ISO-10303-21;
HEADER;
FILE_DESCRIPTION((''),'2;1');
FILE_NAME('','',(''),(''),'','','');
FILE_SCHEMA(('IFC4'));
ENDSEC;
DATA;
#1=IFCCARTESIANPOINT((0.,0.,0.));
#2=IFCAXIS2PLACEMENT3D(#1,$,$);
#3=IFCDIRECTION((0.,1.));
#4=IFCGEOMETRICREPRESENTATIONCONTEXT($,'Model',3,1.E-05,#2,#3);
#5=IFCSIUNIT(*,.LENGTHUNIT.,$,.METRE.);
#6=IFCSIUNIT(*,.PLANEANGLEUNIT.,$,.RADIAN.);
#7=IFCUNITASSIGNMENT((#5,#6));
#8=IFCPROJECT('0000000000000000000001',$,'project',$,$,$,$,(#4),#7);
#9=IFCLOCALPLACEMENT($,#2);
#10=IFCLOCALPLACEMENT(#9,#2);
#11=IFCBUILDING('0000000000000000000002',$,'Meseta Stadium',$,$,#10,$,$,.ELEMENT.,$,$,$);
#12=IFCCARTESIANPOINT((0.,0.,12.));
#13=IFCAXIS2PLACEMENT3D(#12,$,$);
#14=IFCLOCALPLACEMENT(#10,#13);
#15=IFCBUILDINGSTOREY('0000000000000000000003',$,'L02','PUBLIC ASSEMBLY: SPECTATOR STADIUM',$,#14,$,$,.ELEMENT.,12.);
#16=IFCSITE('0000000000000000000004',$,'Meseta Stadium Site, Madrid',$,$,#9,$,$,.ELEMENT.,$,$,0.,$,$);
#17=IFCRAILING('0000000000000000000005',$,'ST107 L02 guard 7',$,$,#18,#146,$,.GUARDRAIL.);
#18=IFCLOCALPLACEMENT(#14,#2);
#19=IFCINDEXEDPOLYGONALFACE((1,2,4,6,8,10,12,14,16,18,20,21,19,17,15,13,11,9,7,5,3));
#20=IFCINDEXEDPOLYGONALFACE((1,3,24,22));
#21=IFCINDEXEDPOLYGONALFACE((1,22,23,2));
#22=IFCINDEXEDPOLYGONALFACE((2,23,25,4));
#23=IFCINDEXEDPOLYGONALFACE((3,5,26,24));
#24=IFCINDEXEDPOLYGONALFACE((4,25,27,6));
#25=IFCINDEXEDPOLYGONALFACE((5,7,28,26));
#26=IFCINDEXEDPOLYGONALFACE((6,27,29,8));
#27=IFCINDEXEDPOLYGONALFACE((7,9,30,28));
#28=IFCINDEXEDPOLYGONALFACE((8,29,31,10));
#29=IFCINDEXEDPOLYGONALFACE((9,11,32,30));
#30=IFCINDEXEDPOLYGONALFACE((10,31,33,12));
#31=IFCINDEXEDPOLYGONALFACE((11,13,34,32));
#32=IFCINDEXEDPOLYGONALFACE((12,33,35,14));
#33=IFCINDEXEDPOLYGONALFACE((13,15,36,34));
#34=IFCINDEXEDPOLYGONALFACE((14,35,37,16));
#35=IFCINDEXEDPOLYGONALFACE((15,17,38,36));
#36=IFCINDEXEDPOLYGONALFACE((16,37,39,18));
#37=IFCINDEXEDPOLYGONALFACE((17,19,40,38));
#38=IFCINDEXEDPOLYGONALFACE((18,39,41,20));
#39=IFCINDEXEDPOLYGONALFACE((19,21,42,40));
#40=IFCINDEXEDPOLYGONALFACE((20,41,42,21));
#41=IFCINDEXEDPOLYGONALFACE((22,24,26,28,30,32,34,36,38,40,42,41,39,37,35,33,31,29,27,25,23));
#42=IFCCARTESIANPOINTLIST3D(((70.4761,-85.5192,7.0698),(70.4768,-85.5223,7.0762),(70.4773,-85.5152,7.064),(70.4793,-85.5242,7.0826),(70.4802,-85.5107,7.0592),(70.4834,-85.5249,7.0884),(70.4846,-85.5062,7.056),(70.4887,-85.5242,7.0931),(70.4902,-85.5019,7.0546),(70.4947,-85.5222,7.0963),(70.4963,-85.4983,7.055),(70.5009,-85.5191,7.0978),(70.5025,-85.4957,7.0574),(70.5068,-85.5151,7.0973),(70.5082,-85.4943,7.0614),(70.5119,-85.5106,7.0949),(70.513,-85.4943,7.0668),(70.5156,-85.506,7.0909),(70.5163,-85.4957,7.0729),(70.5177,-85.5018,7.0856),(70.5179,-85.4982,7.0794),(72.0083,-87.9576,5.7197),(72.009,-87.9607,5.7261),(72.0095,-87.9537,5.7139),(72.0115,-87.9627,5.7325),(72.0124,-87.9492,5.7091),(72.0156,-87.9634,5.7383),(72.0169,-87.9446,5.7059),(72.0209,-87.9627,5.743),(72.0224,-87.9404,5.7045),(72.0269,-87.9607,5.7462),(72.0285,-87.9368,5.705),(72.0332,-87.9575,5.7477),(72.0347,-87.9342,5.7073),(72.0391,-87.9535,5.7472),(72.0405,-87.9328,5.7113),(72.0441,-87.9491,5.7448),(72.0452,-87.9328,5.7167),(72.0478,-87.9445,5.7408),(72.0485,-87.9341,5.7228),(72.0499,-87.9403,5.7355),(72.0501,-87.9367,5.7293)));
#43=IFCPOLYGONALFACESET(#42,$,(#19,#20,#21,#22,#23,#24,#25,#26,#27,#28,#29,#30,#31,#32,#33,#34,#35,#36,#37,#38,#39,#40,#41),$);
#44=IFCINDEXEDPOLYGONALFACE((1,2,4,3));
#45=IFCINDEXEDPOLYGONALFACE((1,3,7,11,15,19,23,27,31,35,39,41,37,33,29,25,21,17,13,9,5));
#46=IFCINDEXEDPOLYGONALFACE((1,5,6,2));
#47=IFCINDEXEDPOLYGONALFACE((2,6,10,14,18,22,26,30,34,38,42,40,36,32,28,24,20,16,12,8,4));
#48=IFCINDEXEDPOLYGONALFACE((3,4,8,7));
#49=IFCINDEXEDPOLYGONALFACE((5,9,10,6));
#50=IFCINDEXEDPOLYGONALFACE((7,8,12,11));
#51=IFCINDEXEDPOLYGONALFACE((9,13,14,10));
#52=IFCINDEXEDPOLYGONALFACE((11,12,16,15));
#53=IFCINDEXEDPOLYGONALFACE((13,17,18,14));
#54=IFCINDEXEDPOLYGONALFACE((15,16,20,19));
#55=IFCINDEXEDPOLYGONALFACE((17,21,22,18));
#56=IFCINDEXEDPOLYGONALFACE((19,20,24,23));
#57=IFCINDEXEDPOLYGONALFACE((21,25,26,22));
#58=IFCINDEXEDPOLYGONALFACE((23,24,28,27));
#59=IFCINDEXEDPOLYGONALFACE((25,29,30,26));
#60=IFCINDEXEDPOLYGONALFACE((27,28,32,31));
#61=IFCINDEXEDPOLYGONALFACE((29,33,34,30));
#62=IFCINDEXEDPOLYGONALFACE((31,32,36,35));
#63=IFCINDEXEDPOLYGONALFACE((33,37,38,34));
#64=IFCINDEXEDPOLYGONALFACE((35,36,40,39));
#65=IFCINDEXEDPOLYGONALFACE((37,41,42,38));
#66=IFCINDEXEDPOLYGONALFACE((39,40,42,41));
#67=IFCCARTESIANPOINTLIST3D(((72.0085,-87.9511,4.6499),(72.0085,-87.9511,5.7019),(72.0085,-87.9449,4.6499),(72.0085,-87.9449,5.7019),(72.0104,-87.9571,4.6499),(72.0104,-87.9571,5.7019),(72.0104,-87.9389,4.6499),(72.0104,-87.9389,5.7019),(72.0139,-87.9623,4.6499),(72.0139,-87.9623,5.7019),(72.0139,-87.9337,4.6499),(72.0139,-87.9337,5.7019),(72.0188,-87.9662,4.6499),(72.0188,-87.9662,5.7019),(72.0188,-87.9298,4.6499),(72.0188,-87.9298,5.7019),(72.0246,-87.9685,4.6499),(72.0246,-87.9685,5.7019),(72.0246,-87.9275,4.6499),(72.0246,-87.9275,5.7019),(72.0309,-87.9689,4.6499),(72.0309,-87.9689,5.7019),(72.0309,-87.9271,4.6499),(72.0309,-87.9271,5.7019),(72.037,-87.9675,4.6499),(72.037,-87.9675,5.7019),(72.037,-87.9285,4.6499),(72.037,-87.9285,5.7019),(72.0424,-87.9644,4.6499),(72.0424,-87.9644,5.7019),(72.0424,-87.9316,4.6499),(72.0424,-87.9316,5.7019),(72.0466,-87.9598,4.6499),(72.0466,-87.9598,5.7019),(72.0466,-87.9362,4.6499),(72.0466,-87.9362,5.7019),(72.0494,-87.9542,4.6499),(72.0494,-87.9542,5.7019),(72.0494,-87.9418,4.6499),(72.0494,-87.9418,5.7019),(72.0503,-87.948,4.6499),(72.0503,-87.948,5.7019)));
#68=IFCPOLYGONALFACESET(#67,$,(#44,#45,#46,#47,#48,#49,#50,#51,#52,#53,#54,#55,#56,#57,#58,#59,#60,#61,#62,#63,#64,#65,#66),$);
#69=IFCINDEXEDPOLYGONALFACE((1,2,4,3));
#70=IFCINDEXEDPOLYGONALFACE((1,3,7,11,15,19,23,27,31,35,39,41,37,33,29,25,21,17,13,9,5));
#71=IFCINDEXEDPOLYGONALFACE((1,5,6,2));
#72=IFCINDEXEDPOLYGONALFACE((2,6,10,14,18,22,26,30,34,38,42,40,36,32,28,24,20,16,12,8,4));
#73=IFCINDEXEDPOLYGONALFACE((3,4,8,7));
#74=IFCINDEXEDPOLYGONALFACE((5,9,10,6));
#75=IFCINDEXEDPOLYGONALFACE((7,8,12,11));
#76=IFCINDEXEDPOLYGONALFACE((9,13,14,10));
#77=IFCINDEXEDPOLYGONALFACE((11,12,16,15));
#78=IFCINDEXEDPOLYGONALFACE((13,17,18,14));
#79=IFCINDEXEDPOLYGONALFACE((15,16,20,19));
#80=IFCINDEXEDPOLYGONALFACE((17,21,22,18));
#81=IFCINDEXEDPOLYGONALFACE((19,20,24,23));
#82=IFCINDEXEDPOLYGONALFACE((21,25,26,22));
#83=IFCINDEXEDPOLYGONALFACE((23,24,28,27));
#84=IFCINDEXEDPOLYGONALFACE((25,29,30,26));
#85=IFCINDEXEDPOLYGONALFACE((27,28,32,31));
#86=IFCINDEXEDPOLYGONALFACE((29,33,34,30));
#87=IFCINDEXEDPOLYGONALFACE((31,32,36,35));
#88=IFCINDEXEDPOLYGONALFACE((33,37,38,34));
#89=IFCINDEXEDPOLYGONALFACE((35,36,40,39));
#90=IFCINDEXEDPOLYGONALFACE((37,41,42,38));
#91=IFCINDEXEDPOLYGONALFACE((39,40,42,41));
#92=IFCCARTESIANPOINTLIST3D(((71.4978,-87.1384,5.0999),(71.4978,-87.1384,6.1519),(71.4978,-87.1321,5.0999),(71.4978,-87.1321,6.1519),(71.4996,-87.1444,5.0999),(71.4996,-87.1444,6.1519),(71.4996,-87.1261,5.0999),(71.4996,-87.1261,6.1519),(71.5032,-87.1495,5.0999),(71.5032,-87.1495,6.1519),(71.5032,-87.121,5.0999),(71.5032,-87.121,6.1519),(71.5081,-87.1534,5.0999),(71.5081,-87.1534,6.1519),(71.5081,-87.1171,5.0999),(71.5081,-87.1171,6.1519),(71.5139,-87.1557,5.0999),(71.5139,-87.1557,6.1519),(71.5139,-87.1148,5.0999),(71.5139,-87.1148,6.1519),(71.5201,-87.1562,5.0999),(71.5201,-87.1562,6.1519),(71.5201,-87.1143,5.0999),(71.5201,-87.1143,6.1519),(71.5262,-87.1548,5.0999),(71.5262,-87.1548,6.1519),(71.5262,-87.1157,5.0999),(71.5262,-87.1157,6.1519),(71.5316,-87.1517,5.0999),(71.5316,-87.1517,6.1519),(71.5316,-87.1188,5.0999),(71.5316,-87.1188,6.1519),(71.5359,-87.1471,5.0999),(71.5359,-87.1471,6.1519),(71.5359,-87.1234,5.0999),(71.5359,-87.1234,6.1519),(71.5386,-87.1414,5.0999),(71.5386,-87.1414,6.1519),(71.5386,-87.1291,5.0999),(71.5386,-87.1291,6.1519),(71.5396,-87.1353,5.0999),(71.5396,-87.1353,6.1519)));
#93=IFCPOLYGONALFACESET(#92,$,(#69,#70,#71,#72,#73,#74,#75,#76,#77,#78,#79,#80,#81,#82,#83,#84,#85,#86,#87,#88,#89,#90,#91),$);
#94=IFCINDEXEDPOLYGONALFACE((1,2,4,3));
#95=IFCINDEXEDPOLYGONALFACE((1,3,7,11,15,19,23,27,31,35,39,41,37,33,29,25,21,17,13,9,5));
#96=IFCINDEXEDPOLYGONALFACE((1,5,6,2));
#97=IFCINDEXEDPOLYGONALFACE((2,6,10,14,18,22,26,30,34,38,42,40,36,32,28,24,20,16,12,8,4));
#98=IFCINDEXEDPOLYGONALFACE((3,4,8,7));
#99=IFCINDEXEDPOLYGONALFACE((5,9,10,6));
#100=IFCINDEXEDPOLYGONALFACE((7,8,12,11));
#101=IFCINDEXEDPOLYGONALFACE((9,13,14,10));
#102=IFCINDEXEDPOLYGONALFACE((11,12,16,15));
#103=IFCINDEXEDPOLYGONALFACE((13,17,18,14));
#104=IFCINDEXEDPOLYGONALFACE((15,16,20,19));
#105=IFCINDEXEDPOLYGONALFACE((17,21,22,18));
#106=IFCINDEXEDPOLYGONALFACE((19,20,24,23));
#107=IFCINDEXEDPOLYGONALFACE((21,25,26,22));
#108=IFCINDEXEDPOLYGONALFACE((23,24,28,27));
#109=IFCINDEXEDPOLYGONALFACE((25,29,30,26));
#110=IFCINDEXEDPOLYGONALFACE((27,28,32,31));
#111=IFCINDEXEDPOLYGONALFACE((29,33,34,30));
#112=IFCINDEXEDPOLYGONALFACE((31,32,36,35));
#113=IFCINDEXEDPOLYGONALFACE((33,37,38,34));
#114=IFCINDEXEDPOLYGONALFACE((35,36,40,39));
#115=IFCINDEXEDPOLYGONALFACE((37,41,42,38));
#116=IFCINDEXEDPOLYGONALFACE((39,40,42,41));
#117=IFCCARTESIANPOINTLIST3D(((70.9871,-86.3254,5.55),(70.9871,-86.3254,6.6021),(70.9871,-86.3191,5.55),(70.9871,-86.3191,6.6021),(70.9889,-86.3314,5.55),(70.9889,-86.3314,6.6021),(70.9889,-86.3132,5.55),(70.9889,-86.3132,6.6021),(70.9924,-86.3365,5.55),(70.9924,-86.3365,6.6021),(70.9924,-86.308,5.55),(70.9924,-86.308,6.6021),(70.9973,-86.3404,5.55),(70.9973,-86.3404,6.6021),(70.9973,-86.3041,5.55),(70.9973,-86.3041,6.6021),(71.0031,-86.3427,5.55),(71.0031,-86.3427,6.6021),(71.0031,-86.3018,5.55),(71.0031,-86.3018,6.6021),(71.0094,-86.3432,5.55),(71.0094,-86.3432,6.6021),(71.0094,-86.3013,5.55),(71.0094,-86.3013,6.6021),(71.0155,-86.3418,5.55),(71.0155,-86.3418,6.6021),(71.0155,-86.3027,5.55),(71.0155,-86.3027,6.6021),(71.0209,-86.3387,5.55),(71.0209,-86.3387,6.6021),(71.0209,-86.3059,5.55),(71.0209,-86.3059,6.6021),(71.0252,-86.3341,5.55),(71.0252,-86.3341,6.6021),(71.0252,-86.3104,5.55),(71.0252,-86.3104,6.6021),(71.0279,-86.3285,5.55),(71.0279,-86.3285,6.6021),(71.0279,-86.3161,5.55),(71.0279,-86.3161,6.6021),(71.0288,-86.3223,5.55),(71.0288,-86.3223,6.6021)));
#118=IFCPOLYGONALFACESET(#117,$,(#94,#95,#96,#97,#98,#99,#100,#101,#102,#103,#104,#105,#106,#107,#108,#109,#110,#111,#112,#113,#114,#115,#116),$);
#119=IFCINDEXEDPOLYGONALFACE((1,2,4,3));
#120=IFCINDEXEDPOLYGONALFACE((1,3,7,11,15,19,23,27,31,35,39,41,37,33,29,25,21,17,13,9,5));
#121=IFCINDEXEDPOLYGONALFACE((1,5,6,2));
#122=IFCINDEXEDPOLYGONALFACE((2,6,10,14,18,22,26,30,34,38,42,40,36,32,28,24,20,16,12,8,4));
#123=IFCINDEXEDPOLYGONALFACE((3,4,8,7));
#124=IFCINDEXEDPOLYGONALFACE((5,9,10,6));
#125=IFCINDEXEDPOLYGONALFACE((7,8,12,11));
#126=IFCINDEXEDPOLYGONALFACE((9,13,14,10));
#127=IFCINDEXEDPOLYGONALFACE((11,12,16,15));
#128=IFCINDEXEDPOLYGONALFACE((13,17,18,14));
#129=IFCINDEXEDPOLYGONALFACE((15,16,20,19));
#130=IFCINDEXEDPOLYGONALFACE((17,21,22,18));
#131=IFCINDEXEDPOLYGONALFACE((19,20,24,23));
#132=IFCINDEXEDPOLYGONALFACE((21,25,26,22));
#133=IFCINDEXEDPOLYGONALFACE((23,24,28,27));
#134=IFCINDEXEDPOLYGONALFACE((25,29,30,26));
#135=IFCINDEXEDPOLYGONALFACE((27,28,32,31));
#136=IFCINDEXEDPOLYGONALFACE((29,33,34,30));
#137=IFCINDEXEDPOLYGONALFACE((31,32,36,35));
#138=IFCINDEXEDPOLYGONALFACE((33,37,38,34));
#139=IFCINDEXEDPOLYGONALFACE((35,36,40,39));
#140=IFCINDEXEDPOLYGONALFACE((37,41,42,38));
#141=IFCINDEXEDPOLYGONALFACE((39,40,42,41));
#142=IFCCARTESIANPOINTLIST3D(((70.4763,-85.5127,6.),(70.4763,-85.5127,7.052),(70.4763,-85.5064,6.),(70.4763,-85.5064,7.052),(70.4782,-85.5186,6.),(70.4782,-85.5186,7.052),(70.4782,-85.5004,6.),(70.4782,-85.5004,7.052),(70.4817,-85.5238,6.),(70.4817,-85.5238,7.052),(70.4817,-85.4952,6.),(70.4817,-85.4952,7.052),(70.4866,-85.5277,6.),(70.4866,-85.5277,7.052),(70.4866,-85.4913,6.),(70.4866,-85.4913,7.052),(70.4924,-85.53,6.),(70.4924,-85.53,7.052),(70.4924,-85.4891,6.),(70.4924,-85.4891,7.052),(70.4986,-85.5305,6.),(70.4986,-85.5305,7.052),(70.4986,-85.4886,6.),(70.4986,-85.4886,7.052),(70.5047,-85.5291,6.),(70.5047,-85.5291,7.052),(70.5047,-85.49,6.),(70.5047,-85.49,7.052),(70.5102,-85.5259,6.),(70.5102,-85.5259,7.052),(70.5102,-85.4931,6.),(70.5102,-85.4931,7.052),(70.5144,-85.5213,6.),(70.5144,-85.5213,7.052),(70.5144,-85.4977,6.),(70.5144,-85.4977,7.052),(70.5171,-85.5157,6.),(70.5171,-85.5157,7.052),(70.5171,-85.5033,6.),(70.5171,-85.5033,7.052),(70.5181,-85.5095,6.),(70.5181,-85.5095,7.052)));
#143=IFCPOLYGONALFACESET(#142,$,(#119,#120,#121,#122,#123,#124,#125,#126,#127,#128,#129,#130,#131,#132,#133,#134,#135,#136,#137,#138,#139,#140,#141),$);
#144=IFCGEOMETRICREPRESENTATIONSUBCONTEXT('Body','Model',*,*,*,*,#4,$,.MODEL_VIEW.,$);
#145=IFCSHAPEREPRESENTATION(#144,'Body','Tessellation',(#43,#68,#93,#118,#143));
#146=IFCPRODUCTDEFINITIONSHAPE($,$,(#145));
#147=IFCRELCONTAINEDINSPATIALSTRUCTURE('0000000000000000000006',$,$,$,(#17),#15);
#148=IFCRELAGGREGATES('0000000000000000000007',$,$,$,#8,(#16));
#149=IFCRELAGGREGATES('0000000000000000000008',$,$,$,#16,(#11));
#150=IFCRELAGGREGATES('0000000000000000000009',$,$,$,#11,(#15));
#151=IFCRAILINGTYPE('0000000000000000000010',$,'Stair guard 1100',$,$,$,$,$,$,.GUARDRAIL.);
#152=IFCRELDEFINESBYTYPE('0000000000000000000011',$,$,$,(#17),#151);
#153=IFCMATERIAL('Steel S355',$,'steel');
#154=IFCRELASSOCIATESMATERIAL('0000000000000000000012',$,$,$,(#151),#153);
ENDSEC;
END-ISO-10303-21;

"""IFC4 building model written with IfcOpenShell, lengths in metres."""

from ifc_helpers import new_model, si_unit, direction, frame, origin, origin_2d, place, context, subcontext, project, spatial, circle, extrude, material, type_object, element, save


model = new_model("IFC4")

# Units and contexts
model_context = context("Model", 3, precision=1e-05, world=origin(), true_north=direction((0.0, 1.0)))
body_context = subcontext(model_context, "Body", "Model", "MODEL_VIEW")
ifc_project = project(units=[si_unit("LENGTHUNIT", "METRE"), si_unit("PLANEANGLEUNIT", "RADIAN")], contexts=[model_context])

# Site, building, storey
site_placement = place(None, origin())
site = spatial("IfcSite", under=ifc_project, at=site_placement, Name="Meseta Stadium Site, Madrid", CompositionType="ELEMENT", RefElevation=0.0)
building_placement = place(site_placement, origin())
building = spatial("IfcBuilding", under=site, at=building_placement, Name="Meseta Stadium", CompositionType="ELEMENT")
storey_placement = place(building_placement, frame((0.0, 0.0, 12.0)))
storey = spatial("IfcBuildingStorey", under=building, at=storey_placement, Name="L02", Description="PUBLIC ASSEMBLY: SPECTATOR STADIUM", CompositionType="ELEMENT", Elevation=12.0)

# Railing
ifc_material_1 = material(Name="Steel S355", Category="steel")
railing_type_1 = type_object("IfcRailingType", Name="Stair guard 1100", PredefinedType="GUARDRAIL", material=ifc_material_1)
railing_1_placement = place(storey_placement, frame((72.0293, -87.948, 4.6499)))
element("IfcRailing", 1, at=railing_1_placement, inside=storey, type_object=railing_type_1, Name="ST107 L02 guard 7", PredefinedType="GUARDRAIL", context=body_context, shape_type="SweptSolid", body=[
    extrude(circle(Radius=0.0239, at=origin_2d()), frame((0.0, 0.0, 1.0762), z_axis=(-0.481731, 0.766655, 0.42447), x_axis=(-0.846719, -0.53204, 0.0)), (0.0, 0.0, 1.0), 3.1807),
    extrude(circle(Radius=0.021, at=origin_2d()), origin(), (0.0, 0.0, 1.0), 1.052),
    extrude(circle(Radius=0.021, at=origin_2d()), frame((-0.5107, 0.8127, 0.45)), (0.0, 0.0, 1.0), 1.052),
    extrude(circle(Radius=0.021, at=origin_2d()), frame((-1.0215, 1.6257, 0.9001)), (0.0, 0.0, 1.0), 1.052),
    extrude(circle(Radius=0.021, at=origin_2d()), frame((-1.5322, 2.4385, 1.3501)), (0.0, 0.0, 1.0), 1.052),
])

save(model, "model.ifc")
